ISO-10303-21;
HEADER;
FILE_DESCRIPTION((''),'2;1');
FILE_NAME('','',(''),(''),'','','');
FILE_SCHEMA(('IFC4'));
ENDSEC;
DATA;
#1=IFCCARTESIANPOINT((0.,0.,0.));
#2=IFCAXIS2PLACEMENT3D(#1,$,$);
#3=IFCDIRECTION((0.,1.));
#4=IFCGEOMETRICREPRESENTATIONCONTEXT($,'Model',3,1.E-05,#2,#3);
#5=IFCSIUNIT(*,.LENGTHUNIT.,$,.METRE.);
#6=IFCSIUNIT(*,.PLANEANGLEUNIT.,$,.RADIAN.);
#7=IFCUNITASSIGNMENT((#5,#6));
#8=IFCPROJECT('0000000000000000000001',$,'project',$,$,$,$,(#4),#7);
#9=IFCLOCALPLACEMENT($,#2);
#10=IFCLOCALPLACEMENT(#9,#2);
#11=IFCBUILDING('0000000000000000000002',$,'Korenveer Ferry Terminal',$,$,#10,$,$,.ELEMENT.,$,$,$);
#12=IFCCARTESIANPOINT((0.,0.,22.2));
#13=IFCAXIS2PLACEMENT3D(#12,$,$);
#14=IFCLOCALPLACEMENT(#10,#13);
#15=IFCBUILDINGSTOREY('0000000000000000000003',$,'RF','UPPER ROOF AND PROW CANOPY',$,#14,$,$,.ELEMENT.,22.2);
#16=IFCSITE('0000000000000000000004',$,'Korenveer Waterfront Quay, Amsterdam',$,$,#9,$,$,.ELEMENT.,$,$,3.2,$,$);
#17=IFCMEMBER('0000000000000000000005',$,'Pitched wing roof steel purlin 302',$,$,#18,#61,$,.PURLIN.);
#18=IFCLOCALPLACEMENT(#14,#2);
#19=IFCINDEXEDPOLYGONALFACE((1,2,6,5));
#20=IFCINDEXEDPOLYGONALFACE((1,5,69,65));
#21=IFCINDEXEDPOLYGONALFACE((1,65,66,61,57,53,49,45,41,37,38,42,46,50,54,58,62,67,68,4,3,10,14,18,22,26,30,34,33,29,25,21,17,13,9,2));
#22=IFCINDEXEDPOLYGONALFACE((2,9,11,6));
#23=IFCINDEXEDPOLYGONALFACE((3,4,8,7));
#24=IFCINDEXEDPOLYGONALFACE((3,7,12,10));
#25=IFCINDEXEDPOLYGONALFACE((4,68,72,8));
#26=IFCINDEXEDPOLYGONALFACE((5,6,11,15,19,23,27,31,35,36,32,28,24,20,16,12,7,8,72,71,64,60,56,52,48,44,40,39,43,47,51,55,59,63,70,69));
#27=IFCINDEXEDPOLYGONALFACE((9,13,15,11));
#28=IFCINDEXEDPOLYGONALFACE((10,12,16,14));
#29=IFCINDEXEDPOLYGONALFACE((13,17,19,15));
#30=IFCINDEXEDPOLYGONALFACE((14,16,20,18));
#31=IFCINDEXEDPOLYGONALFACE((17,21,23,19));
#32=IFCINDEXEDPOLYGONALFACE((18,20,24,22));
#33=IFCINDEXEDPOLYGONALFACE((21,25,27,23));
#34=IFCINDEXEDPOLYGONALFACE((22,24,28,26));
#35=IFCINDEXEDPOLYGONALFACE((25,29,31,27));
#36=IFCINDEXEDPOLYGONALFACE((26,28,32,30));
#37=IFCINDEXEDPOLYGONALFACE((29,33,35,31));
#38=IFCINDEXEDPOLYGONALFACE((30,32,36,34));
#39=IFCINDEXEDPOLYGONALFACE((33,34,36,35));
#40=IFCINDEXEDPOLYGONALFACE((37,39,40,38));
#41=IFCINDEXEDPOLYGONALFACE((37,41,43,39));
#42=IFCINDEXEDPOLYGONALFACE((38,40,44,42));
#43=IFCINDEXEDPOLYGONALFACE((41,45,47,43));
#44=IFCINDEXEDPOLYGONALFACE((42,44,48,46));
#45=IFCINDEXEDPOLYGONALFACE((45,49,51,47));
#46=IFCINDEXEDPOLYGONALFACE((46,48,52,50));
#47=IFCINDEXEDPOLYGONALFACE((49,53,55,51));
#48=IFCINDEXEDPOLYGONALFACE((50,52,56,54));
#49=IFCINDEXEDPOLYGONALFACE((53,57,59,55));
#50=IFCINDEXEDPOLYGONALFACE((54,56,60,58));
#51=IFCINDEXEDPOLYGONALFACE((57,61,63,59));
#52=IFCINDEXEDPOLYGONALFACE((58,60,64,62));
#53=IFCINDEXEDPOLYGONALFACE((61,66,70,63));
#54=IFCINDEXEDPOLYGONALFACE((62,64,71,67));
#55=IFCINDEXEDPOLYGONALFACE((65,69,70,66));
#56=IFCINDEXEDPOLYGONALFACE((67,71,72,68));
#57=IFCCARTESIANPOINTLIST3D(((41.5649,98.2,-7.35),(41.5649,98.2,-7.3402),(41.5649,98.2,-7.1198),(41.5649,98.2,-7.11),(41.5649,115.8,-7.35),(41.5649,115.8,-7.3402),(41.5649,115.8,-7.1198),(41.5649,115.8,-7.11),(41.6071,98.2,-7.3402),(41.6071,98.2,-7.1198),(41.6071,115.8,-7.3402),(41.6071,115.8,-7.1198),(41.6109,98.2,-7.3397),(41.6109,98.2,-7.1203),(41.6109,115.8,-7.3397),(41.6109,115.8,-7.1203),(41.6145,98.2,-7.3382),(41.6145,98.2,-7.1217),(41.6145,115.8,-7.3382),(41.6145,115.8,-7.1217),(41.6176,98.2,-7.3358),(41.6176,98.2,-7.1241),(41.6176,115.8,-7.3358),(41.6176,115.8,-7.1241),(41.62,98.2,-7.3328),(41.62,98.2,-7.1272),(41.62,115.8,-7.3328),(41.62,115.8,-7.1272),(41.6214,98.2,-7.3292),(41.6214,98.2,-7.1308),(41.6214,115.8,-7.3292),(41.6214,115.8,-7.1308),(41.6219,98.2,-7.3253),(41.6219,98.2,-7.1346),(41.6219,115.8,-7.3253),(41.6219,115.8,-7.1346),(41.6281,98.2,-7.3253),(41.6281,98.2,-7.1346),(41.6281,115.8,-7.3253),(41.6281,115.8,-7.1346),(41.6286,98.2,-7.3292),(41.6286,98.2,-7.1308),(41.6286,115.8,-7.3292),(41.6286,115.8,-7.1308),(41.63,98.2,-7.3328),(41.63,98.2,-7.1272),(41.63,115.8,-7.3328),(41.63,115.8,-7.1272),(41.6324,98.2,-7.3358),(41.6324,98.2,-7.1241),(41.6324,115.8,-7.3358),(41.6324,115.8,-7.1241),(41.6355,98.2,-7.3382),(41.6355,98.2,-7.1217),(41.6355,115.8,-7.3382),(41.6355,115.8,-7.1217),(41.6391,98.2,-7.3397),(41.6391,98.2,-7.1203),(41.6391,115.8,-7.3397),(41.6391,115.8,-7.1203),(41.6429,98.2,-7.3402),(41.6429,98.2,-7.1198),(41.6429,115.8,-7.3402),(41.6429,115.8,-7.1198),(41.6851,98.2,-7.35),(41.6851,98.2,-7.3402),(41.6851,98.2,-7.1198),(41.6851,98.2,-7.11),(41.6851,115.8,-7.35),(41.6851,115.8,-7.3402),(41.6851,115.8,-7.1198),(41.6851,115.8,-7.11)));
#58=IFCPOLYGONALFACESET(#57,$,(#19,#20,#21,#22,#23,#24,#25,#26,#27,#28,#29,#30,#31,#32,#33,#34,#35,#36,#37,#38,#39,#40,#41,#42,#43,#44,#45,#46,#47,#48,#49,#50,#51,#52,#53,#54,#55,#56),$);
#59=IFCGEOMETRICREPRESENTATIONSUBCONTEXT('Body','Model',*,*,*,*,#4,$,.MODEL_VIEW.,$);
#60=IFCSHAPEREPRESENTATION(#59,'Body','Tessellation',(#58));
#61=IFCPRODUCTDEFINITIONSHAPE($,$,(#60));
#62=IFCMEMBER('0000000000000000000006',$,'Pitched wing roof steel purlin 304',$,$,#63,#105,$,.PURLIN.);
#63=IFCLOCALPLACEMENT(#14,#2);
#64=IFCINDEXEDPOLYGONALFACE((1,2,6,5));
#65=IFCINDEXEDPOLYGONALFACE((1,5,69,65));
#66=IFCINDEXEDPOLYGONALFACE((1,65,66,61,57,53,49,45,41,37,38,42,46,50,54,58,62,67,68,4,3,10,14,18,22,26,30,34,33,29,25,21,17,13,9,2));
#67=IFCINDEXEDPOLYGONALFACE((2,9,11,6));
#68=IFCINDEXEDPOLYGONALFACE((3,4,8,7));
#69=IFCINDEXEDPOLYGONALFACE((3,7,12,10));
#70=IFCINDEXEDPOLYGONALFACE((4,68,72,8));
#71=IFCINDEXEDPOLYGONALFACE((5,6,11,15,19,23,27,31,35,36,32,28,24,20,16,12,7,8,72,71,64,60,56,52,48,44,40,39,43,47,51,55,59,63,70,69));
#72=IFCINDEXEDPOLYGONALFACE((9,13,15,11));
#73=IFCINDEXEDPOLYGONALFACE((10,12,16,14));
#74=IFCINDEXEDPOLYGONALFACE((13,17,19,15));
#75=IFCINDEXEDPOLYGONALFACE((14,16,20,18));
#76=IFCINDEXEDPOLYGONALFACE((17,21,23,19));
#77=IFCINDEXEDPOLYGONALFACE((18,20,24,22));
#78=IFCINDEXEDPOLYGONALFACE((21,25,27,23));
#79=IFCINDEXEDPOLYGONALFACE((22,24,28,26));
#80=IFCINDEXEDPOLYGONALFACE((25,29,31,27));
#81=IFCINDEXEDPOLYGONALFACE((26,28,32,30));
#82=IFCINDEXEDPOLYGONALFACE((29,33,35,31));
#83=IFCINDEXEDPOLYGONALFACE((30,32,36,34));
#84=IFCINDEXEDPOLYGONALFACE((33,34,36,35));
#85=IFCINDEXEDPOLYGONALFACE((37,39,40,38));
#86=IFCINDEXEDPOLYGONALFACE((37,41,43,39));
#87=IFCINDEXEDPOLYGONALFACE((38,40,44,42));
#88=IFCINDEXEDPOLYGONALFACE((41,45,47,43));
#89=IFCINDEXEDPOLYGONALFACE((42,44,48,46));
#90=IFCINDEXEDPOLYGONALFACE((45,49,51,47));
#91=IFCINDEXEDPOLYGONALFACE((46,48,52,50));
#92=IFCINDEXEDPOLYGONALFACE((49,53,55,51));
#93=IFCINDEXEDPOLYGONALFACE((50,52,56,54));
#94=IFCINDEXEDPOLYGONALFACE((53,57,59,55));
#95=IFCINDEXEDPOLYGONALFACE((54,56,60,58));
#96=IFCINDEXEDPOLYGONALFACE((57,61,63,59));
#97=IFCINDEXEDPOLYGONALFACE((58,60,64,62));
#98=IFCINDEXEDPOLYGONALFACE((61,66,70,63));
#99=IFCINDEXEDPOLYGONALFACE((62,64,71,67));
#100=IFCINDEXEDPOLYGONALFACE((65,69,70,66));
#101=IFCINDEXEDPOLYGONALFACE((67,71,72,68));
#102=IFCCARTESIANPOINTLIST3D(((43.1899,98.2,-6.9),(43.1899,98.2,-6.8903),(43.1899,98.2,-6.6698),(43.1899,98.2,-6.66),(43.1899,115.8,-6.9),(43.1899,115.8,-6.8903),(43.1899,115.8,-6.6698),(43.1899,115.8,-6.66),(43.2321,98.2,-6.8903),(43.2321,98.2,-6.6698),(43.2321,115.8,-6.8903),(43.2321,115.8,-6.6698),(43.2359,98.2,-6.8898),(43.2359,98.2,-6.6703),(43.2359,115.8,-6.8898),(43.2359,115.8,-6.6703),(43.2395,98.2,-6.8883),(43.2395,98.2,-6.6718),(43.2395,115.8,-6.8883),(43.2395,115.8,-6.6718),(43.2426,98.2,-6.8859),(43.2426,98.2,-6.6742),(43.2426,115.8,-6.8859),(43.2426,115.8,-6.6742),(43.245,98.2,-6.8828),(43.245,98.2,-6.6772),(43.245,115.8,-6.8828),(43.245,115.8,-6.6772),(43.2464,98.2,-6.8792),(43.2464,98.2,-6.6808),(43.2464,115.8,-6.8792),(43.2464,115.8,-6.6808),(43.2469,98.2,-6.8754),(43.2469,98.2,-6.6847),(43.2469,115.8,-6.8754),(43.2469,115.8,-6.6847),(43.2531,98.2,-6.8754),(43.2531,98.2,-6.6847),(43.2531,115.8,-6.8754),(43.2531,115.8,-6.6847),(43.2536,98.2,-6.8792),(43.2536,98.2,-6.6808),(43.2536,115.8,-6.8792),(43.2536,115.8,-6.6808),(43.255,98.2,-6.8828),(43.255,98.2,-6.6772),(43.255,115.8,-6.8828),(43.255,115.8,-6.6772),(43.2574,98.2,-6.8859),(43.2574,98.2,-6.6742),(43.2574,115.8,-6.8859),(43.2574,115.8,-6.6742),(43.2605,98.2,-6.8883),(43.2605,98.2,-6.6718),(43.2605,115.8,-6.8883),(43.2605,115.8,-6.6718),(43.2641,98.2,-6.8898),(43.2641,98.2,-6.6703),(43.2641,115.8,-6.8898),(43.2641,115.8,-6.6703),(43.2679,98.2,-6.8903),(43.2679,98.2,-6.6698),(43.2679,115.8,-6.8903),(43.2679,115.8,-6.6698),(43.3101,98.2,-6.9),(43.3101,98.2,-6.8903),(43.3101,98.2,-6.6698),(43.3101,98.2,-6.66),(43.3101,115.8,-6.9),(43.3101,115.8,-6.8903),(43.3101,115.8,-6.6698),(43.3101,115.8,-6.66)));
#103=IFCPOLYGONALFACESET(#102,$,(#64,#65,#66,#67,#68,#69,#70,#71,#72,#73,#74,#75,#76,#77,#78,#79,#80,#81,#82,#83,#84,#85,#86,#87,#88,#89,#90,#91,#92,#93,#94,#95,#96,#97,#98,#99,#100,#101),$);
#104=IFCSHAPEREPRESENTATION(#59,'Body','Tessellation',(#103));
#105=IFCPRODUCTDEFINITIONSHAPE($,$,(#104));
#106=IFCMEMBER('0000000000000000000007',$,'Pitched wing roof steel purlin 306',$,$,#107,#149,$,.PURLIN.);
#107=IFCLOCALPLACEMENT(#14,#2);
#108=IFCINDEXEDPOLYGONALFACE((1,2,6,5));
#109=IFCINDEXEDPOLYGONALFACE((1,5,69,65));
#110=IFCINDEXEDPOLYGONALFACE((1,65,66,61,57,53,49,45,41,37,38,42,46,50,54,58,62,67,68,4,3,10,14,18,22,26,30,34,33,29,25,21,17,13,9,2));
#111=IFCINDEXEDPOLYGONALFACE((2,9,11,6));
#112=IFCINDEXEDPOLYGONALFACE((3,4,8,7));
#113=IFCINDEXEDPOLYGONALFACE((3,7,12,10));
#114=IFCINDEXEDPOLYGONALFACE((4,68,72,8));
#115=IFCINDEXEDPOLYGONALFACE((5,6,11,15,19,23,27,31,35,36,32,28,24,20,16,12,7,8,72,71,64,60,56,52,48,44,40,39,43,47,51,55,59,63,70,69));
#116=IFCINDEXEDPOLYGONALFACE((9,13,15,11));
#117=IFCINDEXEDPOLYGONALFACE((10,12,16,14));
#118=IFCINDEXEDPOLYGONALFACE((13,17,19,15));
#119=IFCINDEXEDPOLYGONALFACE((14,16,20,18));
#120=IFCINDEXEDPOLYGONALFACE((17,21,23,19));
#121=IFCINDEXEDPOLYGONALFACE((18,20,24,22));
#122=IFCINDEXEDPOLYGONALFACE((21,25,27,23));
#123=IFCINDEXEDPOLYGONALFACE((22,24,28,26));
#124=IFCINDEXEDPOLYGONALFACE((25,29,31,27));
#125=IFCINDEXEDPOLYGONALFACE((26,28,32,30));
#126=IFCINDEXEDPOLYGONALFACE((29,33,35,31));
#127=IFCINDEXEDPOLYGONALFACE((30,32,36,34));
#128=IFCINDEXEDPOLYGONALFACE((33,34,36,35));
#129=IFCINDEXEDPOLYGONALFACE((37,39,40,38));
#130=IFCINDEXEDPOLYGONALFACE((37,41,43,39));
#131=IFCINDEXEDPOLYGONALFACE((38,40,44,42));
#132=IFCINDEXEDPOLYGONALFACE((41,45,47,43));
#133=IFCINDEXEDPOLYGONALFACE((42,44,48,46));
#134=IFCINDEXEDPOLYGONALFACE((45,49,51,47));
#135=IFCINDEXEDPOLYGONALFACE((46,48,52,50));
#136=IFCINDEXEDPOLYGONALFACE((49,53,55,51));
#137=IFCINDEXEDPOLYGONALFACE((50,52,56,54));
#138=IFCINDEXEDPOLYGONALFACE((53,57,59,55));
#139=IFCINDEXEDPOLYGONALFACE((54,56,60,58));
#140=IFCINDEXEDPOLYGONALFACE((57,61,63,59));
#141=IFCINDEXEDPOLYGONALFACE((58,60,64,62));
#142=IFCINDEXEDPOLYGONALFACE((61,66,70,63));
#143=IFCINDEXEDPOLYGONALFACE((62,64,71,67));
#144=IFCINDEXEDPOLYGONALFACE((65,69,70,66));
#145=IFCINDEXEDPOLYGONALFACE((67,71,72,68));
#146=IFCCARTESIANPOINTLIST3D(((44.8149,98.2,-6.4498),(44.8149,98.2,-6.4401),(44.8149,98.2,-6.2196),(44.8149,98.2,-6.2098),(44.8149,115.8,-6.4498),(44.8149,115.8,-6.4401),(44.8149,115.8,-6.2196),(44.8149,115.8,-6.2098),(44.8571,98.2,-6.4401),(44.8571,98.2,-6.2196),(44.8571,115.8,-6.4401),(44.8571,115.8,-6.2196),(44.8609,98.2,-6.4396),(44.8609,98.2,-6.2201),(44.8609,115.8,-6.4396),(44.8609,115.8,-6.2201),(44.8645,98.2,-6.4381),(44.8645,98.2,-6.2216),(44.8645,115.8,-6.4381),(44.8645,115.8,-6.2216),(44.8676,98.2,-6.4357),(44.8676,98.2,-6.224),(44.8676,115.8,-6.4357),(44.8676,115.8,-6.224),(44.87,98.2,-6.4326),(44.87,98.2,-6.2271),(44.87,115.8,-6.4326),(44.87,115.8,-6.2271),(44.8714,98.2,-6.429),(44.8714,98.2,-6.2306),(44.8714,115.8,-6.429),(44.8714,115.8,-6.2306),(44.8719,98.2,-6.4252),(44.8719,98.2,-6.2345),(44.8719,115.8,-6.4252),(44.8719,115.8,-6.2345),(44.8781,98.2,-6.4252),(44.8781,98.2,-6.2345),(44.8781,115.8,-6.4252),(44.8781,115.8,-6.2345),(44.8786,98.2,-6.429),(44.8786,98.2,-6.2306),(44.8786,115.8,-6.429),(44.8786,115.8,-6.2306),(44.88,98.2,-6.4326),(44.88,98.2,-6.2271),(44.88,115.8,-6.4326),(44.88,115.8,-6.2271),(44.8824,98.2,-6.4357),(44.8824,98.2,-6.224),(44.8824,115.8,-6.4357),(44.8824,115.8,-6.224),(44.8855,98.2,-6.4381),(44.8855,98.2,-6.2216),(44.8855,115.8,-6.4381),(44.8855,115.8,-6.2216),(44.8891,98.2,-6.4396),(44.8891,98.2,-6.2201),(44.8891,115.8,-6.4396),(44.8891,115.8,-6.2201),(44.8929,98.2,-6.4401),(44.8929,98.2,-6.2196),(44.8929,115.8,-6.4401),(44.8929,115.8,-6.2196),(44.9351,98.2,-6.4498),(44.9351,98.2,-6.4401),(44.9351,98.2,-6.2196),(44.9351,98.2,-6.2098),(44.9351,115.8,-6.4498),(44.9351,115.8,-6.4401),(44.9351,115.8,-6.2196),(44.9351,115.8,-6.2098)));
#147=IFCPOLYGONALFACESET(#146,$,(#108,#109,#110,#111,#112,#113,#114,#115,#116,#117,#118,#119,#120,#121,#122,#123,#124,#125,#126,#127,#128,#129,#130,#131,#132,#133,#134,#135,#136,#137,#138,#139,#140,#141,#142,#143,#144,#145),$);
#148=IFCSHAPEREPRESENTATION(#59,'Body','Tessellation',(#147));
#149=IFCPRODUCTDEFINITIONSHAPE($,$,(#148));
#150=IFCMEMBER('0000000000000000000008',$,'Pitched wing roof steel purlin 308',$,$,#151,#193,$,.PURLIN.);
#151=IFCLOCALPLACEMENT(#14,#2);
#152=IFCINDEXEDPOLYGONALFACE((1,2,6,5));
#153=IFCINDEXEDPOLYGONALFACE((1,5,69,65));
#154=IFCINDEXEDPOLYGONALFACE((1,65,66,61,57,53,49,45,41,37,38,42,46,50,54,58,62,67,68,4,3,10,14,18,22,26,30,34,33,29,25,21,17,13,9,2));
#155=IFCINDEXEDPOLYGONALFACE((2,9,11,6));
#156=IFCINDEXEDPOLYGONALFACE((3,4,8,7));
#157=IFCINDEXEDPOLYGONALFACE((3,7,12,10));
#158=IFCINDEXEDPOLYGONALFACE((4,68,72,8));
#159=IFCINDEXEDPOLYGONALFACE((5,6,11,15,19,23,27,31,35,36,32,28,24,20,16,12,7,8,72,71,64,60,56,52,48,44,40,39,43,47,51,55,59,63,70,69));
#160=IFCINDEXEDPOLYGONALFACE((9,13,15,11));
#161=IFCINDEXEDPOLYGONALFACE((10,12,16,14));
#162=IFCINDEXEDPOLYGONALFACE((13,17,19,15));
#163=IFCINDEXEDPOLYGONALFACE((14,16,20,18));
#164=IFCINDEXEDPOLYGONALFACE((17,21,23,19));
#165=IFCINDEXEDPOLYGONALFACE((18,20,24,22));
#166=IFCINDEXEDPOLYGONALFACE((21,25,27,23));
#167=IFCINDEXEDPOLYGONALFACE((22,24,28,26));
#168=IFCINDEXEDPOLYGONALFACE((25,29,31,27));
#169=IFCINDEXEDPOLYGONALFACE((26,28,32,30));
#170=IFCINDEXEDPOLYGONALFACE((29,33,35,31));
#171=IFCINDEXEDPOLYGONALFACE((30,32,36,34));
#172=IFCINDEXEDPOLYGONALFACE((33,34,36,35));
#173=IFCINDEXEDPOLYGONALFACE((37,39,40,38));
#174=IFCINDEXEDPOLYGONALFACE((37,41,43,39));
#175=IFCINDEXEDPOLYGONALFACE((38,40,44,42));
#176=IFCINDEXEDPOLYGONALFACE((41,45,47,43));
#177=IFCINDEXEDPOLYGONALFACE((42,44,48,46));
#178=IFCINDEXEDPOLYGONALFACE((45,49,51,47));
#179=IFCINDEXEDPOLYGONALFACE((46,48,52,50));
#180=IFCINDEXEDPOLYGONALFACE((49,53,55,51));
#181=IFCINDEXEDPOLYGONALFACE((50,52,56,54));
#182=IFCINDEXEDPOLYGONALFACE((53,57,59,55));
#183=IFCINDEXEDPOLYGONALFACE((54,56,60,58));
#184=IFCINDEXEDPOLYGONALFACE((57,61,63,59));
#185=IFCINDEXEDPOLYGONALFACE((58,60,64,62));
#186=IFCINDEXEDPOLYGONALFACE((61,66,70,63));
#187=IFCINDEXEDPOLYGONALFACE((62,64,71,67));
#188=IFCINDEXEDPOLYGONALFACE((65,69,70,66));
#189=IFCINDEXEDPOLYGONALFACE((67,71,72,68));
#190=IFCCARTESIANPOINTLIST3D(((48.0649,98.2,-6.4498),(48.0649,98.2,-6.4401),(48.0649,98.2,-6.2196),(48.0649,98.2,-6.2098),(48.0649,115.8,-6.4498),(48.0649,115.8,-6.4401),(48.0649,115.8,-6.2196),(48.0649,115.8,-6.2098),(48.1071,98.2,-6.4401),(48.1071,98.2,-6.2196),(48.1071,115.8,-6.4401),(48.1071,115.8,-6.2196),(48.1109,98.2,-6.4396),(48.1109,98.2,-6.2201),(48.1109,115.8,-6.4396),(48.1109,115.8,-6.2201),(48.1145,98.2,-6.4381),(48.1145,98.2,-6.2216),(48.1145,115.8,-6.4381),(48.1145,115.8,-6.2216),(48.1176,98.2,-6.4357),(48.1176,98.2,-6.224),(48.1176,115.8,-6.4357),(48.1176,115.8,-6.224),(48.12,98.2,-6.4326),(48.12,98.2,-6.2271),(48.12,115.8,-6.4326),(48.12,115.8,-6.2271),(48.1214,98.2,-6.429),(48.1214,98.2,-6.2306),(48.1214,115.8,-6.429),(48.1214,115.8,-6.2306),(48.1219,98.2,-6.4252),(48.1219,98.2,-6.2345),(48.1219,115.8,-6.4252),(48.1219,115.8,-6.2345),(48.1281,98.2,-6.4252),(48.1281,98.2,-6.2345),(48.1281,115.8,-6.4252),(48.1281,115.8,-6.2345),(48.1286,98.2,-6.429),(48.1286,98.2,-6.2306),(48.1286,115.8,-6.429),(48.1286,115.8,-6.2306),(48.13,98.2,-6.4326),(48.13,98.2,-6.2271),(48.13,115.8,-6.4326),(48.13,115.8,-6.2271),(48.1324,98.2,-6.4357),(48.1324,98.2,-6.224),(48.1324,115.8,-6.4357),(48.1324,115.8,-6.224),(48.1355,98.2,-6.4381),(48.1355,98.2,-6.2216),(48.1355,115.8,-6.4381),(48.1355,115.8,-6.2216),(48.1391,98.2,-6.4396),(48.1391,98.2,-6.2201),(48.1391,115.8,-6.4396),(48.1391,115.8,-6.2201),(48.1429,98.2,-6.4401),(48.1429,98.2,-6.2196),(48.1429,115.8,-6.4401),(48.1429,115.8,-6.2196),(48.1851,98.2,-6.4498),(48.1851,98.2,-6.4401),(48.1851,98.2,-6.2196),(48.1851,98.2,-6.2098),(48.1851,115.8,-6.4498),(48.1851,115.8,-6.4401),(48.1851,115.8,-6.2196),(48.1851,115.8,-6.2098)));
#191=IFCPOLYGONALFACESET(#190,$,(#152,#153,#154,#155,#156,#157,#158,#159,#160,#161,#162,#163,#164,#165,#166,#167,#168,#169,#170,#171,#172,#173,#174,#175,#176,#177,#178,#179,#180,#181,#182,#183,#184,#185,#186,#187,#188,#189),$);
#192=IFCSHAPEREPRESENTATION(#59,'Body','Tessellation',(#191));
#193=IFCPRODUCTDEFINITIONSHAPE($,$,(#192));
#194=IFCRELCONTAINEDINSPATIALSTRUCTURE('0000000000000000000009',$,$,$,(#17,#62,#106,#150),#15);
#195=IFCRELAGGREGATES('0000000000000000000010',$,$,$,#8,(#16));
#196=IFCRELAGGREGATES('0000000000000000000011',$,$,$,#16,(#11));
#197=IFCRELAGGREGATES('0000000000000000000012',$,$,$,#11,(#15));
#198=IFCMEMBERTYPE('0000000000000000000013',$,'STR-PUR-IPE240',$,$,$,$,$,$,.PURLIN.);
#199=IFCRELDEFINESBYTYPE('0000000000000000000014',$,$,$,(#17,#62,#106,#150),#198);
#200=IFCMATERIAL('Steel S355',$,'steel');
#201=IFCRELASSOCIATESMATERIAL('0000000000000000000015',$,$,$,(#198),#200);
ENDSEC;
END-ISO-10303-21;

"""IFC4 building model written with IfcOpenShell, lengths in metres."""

from ifc_helpers import new_model, si_unit, direction, frame, origin, origin_2d, place, context, subcontext, project, spatial, i_section, extrude, material, material_profile, profile_set, type_object, element, save


model = new_model("IFC4")

# Units and contexts
model_context = context("Model", 3, precision=1e-05, world=origin(), true_north=direction((0.0, 1.0)))
body_context = subcontext(model_context, "Body", "Model", "MODEL_VIEW")
ifc_project = project(units=[si_unit("LENGTHUNIT", "METRE"), si_unit("PLANEANGLEUNIT", "RADIAN")], contexts=[model_context])

# Site, building, storey
site_placement = place(None, origin())
site = spatial("IfcSite", under=ifc_project, at=site_placement, Name="Korenveer Waterfront Quay, Amsterdam", CompositionType="ELEMENT", RefElevation=3.2)
building_placement = place(site_placement, origin())
building = spatial("IfcBuilding", under=site, at=building_placement, Name="Korenveer Ferry Terminal", CompositionType="ELEMENT")
storey_placement = place(building_placement, frame((0.0, 0.0, 22.2)))
storey = spatial("IfcBuildingStorey", under=building, at=storey_placement, Name="RF", Description="UPPER ROOF AND PROW CANOPY", CompositionType="ELEMENT", Elevation=22.2)

# Shared definitions
ifc_material_1 = material(Name="Steel S355", Category="steel")

# Members
ifc_material_profile_1 = material_profile(ifc_material_1, i_section(OverallWidth=0.1201, OverallDepth=0.24, WebThickness=0.0061, FlangeThickness=0.0098, FilletRadius=0.0149, at=origin_2d()), Name="IPE 240")
ifc_profile_set_1 = profile_set([ifc_material_profile_1], Name="Steel S355")
member_type_1 = type_object("IfcMemberType", Name="STR-PUR-IPE240", PredefinedType="PURLIN", material=ifc_profile_set_1)
for number, where, z_axis, x_axis, name in (
    (1, (41.625, 98.2, -7.23), (0.0, 1.0, 0.0), (-1.0, 0.0, 0.0), "Pitched wing roof steel purlin 302"),
    (2, (43.25, 98.2, -6.78), (0.0, 1.0, 0.0), (-1.0, 0.0, 0.0), "Pitched wing roof steel purlin 304"),
    (3, (44.875, 98.2, -6.3298), (0.0, 1.0, 0.0), (-1.0, 0.0, 0.0), "Pitched wing roof steel purlin 306"),
    (4, (48.125, 98.2, -6.3298), (0.0, 1.0, 0.0), (-1.0, 0.0, 0.0), "Pitched wing roof steel purlin 308"),
):
    element("IfcMember", number, at=place(storey_placement, frame(where, z_axis=z_axis, x_axis=x_axis)), inside=storey, type_object=member_type_1, Name=name, PredefinedType="PURLIN", context=body_context, shape_type="SweptSolid", body=[
        extrude(i_section(OverallWidth=0.1201, OverallDepth=0.24, WebThickness=0.0061, FlangeThickness=0.0098, FilletRadius=0.0149, at=origin_2d()), origin(), (0.0, 0.0, 1.0), 17.6001),
    ])

save(model, "model.ifc")
